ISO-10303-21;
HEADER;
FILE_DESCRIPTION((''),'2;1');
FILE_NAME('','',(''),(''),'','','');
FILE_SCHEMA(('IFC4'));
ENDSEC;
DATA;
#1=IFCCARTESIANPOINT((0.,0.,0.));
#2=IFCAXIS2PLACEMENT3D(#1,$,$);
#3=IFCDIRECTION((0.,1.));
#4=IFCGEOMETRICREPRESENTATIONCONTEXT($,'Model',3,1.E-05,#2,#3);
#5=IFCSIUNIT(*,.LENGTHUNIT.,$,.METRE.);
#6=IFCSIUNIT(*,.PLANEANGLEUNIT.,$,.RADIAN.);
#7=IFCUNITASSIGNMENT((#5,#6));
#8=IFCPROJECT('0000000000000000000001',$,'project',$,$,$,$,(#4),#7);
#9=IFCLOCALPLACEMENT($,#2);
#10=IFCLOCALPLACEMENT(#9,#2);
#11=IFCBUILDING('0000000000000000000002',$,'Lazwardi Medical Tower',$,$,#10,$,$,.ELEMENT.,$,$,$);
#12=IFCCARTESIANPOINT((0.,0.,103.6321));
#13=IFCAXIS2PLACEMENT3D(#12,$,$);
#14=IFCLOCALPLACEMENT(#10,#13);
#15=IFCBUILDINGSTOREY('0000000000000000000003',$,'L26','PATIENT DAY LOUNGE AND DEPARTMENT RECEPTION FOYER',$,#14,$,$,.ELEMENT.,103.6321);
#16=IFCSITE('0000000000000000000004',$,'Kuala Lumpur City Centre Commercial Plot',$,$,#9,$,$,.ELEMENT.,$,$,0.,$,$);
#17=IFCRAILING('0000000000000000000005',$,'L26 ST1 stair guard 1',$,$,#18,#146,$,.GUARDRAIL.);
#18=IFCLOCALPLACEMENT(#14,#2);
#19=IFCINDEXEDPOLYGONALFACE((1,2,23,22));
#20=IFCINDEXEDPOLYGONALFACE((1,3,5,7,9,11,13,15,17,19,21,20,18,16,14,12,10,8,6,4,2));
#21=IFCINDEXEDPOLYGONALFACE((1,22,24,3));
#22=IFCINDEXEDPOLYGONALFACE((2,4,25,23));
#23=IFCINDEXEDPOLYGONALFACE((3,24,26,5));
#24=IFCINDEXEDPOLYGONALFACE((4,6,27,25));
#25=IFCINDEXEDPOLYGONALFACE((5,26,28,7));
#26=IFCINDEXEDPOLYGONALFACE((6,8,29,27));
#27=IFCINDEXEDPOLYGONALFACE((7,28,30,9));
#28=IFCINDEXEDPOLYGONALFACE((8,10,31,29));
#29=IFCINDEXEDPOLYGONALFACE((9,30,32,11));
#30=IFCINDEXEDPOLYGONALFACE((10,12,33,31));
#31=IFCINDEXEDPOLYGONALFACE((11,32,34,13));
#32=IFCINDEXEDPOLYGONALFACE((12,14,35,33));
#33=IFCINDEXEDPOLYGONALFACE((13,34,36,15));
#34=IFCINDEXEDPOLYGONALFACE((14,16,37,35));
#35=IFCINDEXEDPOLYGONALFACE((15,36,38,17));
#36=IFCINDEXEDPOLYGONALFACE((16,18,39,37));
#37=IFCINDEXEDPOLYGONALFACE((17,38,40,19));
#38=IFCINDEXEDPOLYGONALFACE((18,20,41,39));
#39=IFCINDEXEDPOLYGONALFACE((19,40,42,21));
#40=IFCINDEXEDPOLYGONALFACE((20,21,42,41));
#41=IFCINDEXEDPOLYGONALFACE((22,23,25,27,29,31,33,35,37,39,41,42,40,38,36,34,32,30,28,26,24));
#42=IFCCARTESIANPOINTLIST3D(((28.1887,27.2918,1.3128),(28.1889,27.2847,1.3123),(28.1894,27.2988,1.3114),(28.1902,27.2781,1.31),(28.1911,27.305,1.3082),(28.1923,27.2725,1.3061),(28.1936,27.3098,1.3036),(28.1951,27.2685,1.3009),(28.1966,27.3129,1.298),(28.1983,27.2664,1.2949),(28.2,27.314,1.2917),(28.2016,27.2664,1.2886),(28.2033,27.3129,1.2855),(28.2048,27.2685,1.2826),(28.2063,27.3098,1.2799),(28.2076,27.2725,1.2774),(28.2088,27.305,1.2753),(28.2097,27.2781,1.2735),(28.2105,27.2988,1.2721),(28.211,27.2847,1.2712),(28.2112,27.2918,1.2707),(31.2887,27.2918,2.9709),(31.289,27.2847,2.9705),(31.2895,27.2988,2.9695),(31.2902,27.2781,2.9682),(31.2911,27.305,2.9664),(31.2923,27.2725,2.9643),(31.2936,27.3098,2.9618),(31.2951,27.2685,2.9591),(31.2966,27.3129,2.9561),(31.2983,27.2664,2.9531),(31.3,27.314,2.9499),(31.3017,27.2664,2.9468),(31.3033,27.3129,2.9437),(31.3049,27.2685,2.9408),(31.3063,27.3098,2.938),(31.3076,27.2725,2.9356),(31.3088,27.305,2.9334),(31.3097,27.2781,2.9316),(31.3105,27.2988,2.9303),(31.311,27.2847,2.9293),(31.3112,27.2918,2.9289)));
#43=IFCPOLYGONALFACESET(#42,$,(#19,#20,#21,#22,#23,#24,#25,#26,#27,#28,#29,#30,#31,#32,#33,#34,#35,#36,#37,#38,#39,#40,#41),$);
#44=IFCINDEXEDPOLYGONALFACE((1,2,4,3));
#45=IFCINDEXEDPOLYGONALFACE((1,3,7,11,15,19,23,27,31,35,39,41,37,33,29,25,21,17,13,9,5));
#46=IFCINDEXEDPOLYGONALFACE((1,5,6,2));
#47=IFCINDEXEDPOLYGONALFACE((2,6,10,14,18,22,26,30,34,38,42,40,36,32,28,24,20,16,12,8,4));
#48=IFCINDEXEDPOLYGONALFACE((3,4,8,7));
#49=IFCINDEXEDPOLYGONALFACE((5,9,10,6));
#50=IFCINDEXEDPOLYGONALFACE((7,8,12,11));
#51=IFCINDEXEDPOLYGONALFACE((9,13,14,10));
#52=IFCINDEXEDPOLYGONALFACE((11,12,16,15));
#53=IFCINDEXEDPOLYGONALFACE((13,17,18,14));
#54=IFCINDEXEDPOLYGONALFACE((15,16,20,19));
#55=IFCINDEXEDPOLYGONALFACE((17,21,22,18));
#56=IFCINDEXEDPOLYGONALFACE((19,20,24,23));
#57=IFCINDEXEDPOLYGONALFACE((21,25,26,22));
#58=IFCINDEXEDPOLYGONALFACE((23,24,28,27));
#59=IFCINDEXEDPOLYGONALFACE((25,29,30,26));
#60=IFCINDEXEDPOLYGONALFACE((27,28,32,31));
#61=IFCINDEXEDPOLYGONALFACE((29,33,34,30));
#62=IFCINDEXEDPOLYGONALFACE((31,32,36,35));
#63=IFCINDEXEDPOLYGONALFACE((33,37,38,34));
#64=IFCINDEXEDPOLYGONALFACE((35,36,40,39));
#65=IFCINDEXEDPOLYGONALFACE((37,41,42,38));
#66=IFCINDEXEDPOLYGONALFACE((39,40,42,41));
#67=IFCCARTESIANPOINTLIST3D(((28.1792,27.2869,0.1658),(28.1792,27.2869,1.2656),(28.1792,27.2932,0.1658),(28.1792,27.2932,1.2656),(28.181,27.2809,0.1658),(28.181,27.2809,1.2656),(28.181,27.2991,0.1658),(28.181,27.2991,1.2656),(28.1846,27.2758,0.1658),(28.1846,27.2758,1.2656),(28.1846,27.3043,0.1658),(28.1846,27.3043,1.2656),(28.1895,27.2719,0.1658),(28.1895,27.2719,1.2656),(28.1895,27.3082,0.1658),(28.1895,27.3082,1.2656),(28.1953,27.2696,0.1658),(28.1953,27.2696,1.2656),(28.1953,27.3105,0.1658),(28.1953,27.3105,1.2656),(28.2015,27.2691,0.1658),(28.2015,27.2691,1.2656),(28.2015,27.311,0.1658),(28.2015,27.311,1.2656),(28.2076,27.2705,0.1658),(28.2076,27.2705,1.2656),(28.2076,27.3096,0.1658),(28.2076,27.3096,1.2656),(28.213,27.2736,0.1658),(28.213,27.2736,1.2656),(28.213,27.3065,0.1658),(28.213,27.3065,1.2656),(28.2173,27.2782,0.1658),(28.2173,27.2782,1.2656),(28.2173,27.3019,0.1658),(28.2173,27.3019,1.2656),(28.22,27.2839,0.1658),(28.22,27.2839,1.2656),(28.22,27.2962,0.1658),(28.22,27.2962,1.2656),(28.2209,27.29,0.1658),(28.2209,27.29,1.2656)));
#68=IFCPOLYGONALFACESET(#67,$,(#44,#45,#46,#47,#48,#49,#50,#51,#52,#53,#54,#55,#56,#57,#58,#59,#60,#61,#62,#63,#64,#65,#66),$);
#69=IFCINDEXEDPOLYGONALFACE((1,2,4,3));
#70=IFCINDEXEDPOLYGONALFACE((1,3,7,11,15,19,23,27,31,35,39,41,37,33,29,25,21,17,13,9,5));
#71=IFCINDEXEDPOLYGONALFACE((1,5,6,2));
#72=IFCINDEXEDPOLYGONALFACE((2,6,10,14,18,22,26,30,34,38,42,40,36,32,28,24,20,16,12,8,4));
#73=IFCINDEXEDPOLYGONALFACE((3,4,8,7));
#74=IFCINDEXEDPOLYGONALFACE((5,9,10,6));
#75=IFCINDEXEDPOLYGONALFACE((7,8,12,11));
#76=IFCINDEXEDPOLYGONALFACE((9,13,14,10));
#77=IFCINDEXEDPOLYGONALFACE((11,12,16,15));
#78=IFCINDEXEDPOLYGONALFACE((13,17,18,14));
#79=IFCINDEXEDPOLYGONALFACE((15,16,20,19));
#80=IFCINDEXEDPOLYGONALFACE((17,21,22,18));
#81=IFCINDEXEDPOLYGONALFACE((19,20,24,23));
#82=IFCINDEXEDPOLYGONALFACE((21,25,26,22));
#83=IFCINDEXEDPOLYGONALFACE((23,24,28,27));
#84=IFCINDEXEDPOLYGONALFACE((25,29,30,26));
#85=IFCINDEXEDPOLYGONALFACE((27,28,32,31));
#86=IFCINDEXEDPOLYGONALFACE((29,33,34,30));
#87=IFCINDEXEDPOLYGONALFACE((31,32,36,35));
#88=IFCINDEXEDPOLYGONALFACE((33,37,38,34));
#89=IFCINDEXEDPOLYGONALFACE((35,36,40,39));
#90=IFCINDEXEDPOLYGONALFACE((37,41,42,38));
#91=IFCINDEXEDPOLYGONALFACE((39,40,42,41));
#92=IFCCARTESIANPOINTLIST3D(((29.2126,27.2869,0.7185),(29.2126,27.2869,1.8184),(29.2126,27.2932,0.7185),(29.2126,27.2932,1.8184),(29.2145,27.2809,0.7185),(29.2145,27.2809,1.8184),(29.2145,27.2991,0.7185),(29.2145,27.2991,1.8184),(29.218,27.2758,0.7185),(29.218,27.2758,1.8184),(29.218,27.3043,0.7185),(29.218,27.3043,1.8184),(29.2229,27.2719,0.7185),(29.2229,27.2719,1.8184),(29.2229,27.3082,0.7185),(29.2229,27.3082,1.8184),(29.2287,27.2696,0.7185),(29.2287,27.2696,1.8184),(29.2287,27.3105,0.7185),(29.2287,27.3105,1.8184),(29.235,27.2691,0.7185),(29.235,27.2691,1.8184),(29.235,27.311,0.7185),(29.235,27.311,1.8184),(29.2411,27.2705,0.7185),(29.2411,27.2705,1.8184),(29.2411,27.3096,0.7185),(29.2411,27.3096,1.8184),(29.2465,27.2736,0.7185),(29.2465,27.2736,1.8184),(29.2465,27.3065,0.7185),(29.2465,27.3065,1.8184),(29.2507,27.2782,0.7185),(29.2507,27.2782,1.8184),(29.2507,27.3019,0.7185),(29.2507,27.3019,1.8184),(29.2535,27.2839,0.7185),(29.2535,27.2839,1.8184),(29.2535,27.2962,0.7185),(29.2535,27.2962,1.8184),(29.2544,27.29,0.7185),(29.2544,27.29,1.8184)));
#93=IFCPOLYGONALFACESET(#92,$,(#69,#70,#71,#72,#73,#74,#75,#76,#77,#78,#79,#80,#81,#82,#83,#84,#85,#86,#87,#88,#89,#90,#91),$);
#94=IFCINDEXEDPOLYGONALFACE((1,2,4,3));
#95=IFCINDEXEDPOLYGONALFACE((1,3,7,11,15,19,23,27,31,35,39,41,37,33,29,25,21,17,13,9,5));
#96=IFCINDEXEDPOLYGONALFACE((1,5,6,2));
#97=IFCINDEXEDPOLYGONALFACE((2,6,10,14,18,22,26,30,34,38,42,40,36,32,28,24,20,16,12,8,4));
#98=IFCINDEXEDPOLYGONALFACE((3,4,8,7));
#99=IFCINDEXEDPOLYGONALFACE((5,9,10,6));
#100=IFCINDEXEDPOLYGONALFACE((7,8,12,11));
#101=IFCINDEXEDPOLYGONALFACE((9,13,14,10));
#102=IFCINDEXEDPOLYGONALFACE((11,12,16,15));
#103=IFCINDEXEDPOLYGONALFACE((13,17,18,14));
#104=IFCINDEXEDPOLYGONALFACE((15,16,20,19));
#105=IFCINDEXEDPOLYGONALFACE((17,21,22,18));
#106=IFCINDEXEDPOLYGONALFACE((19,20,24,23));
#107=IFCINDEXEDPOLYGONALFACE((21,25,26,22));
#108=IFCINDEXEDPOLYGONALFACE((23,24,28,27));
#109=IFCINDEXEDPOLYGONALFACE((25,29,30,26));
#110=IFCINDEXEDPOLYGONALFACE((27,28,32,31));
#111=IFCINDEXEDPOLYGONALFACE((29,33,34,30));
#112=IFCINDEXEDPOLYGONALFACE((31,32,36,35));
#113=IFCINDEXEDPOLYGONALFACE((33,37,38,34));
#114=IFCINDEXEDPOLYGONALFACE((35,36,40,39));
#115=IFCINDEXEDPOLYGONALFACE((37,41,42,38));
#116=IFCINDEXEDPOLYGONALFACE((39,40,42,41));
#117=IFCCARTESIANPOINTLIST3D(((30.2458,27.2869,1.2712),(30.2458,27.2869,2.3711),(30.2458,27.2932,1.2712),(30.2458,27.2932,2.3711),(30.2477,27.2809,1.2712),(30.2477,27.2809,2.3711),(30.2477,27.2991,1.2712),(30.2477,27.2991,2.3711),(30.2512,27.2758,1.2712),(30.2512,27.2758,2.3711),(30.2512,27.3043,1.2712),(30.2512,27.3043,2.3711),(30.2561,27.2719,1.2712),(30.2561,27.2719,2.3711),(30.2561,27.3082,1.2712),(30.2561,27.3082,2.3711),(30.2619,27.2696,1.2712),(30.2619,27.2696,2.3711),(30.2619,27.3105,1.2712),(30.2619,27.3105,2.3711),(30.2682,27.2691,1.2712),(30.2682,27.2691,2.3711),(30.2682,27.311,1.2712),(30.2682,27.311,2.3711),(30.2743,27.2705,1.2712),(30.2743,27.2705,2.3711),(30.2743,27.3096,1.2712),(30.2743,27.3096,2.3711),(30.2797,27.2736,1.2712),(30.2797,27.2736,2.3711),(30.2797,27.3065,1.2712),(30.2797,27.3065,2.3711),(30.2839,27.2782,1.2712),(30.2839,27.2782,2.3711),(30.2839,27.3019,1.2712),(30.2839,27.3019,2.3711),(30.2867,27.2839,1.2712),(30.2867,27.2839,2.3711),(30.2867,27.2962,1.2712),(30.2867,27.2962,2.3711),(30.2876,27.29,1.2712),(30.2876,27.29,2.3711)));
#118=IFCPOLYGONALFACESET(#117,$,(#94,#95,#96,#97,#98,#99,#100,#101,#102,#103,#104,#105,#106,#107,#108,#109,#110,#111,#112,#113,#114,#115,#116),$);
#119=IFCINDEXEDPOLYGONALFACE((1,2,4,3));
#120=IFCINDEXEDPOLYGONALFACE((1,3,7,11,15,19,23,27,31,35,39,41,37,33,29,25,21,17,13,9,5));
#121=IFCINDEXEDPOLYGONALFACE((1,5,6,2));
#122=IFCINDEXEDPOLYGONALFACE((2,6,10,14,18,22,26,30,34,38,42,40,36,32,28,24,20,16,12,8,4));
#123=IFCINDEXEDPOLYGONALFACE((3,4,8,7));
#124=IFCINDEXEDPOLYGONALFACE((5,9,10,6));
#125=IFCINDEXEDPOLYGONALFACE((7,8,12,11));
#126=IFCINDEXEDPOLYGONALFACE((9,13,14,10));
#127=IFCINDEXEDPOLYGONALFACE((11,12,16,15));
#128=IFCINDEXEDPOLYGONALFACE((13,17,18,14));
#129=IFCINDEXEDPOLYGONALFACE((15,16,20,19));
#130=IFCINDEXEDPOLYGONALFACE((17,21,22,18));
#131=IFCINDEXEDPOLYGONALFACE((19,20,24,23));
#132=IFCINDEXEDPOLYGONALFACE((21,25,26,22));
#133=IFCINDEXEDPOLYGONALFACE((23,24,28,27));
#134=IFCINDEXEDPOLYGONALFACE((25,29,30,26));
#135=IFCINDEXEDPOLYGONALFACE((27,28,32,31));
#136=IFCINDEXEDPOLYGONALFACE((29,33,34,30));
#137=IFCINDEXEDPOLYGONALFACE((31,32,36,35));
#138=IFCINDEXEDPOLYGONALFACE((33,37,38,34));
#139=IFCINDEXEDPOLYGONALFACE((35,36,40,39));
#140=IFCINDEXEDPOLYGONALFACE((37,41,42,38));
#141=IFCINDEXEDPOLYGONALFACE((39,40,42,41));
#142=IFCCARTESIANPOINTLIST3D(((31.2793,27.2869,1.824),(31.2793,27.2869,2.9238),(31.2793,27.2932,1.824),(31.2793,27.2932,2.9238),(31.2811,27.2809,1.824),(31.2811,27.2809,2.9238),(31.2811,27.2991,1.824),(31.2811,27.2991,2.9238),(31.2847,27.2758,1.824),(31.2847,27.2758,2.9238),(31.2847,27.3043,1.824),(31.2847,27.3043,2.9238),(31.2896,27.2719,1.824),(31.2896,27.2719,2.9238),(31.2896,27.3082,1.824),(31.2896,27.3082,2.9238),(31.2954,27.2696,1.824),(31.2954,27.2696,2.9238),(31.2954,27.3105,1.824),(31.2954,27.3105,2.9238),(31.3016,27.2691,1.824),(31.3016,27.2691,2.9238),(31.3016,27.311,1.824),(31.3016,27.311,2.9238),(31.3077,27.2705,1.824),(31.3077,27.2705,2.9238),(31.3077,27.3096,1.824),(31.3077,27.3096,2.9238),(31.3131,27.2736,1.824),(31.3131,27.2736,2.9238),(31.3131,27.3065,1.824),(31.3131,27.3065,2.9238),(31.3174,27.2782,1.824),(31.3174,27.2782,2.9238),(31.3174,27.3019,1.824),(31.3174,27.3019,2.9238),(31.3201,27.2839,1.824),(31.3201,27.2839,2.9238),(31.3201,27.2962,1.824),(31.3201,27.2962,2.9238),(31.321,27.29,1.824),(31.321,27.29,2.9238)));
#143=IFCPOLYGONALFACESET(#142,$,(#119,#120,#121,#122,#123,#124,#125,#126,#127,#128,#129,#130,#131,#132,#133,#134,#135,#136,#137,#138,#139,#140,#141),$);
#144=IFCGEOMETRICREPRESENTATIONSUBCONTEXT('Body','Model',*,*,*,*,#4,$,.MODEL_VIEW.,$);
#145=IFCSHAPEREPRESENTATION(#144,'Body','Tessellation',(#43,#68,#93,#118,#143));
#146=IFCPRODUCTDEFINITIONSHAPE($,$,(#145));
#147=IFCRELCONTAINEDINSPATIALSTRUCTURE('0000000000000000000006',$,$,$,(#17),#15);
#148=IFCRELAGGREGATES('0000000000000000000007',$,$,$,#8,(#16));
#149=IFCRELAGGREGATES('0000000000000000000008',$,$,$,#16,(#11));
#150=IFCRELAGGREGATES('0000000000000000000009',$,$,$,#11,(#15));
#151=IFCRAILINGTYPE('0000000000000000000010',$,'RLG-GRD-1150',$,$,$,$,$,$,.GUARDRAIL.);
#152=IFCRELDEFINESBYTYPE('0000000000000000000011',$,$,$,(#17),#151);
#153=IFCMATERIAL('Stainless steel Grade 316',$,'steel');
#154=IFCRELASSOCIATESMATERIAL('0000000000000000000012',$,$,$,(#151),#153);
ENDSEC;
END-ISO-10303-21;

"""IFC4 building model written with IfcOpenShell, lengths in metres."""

from ifc_helpers import new_model, si_unit, direction, frame, origin, origin_2d, place, context, subcontext, project, spatial, circle, extrude, material, type_object, element, save


model = new_model("IFC4")

# Units and contexts
model_context = context("Model", 3, precision=1e-05, world=origin(), true_north=direction((0.0, 1.0)))
body_context = subcontext(model_context, "Body", "Model", "MODEL_VIEW")
ifc_project = project(units=[si_unit("LENGTHUNIT", "METRE"), si_unit("PLANEANGLEUNIT", "RADIAN")], contexts=[model_context])

# Site, building, storey
site_placement = place(None, origin())
site = spatial("IfcSite", under=ifc_project, at=site_placement, Name="Kuala Lumpur City Centre Commercial Plot", CompositionType="ELEMENT", RefElevation=0.0)
building_placement = place(site_placement, origin())
building = spatial("IfcBuilding", under=site, at=building_placement, Name="Lazwardi Medical Tower", CompositionType="ELEMENT")
storey_placement = place(building_placement, frame((0.0, 0.0, 103.6321)))
storey = spatial("IfcBuildingStorey", under=building, at=storey_placement, Name="L26", Description="PATIENT DAY LOUNGE AND DEPARTMENT RECEPTION FOYER", CompositionType="ELEMENT", Elevation=103.6321)

# Railing
ifc_material_1 = material(Name="Stainless steel Grade 316", Category="steel")
railing_type_1 = type_object("IfcRailingType", Name="RLG-GRD-1150", PredefinedType="GUARDRAIL", material=ifc_material_1)
railing_1_placement = place(storey_placement, frame((28.2, 27.29, 0.1658)))
element("IfcRailing", 1, at=railing_1_placement, inside=storey, type_object=railing_type_1, Name="L26 ST1 stair guard 1", PredefinedType="GUARDRAIL", context=body_context, shape_type="SweptSolid", body=[
    extrude(circle(Radius=0.0239, at=origin_2d()), frame((0.0, 0.0, 1.126), z_axis=(0.881783, 0.0, 0.471655), x_axis=(0.0, 1.0, 0.0)), (0.0, 0.0, 1.0), 3.5156),
    extrude(circle(Radius=0.021, at=origin_2d()), origin(), (0.0, 0.0, 1.0), 1.0999),
    extrude(circle(Radius=0.021, at=origin_2d()), frame((1.0334, 0.0, 0.5527)), (0.0, 0.0, 1.0), 1.0999),
    extrude(circle(Radius=0.021, at=origin_2d()), frame((2.0667, 0.0, 1.1055)), (0.0, 0.0, 1.0), 1.0999),
    extrude(circle(Radius=0.021, at=origin_2d()), frame((3.1001, 0.0, 1.6582)), (0.0, 0.0, 1.0), 1.0999),
])

save(model, "model.ifc")
